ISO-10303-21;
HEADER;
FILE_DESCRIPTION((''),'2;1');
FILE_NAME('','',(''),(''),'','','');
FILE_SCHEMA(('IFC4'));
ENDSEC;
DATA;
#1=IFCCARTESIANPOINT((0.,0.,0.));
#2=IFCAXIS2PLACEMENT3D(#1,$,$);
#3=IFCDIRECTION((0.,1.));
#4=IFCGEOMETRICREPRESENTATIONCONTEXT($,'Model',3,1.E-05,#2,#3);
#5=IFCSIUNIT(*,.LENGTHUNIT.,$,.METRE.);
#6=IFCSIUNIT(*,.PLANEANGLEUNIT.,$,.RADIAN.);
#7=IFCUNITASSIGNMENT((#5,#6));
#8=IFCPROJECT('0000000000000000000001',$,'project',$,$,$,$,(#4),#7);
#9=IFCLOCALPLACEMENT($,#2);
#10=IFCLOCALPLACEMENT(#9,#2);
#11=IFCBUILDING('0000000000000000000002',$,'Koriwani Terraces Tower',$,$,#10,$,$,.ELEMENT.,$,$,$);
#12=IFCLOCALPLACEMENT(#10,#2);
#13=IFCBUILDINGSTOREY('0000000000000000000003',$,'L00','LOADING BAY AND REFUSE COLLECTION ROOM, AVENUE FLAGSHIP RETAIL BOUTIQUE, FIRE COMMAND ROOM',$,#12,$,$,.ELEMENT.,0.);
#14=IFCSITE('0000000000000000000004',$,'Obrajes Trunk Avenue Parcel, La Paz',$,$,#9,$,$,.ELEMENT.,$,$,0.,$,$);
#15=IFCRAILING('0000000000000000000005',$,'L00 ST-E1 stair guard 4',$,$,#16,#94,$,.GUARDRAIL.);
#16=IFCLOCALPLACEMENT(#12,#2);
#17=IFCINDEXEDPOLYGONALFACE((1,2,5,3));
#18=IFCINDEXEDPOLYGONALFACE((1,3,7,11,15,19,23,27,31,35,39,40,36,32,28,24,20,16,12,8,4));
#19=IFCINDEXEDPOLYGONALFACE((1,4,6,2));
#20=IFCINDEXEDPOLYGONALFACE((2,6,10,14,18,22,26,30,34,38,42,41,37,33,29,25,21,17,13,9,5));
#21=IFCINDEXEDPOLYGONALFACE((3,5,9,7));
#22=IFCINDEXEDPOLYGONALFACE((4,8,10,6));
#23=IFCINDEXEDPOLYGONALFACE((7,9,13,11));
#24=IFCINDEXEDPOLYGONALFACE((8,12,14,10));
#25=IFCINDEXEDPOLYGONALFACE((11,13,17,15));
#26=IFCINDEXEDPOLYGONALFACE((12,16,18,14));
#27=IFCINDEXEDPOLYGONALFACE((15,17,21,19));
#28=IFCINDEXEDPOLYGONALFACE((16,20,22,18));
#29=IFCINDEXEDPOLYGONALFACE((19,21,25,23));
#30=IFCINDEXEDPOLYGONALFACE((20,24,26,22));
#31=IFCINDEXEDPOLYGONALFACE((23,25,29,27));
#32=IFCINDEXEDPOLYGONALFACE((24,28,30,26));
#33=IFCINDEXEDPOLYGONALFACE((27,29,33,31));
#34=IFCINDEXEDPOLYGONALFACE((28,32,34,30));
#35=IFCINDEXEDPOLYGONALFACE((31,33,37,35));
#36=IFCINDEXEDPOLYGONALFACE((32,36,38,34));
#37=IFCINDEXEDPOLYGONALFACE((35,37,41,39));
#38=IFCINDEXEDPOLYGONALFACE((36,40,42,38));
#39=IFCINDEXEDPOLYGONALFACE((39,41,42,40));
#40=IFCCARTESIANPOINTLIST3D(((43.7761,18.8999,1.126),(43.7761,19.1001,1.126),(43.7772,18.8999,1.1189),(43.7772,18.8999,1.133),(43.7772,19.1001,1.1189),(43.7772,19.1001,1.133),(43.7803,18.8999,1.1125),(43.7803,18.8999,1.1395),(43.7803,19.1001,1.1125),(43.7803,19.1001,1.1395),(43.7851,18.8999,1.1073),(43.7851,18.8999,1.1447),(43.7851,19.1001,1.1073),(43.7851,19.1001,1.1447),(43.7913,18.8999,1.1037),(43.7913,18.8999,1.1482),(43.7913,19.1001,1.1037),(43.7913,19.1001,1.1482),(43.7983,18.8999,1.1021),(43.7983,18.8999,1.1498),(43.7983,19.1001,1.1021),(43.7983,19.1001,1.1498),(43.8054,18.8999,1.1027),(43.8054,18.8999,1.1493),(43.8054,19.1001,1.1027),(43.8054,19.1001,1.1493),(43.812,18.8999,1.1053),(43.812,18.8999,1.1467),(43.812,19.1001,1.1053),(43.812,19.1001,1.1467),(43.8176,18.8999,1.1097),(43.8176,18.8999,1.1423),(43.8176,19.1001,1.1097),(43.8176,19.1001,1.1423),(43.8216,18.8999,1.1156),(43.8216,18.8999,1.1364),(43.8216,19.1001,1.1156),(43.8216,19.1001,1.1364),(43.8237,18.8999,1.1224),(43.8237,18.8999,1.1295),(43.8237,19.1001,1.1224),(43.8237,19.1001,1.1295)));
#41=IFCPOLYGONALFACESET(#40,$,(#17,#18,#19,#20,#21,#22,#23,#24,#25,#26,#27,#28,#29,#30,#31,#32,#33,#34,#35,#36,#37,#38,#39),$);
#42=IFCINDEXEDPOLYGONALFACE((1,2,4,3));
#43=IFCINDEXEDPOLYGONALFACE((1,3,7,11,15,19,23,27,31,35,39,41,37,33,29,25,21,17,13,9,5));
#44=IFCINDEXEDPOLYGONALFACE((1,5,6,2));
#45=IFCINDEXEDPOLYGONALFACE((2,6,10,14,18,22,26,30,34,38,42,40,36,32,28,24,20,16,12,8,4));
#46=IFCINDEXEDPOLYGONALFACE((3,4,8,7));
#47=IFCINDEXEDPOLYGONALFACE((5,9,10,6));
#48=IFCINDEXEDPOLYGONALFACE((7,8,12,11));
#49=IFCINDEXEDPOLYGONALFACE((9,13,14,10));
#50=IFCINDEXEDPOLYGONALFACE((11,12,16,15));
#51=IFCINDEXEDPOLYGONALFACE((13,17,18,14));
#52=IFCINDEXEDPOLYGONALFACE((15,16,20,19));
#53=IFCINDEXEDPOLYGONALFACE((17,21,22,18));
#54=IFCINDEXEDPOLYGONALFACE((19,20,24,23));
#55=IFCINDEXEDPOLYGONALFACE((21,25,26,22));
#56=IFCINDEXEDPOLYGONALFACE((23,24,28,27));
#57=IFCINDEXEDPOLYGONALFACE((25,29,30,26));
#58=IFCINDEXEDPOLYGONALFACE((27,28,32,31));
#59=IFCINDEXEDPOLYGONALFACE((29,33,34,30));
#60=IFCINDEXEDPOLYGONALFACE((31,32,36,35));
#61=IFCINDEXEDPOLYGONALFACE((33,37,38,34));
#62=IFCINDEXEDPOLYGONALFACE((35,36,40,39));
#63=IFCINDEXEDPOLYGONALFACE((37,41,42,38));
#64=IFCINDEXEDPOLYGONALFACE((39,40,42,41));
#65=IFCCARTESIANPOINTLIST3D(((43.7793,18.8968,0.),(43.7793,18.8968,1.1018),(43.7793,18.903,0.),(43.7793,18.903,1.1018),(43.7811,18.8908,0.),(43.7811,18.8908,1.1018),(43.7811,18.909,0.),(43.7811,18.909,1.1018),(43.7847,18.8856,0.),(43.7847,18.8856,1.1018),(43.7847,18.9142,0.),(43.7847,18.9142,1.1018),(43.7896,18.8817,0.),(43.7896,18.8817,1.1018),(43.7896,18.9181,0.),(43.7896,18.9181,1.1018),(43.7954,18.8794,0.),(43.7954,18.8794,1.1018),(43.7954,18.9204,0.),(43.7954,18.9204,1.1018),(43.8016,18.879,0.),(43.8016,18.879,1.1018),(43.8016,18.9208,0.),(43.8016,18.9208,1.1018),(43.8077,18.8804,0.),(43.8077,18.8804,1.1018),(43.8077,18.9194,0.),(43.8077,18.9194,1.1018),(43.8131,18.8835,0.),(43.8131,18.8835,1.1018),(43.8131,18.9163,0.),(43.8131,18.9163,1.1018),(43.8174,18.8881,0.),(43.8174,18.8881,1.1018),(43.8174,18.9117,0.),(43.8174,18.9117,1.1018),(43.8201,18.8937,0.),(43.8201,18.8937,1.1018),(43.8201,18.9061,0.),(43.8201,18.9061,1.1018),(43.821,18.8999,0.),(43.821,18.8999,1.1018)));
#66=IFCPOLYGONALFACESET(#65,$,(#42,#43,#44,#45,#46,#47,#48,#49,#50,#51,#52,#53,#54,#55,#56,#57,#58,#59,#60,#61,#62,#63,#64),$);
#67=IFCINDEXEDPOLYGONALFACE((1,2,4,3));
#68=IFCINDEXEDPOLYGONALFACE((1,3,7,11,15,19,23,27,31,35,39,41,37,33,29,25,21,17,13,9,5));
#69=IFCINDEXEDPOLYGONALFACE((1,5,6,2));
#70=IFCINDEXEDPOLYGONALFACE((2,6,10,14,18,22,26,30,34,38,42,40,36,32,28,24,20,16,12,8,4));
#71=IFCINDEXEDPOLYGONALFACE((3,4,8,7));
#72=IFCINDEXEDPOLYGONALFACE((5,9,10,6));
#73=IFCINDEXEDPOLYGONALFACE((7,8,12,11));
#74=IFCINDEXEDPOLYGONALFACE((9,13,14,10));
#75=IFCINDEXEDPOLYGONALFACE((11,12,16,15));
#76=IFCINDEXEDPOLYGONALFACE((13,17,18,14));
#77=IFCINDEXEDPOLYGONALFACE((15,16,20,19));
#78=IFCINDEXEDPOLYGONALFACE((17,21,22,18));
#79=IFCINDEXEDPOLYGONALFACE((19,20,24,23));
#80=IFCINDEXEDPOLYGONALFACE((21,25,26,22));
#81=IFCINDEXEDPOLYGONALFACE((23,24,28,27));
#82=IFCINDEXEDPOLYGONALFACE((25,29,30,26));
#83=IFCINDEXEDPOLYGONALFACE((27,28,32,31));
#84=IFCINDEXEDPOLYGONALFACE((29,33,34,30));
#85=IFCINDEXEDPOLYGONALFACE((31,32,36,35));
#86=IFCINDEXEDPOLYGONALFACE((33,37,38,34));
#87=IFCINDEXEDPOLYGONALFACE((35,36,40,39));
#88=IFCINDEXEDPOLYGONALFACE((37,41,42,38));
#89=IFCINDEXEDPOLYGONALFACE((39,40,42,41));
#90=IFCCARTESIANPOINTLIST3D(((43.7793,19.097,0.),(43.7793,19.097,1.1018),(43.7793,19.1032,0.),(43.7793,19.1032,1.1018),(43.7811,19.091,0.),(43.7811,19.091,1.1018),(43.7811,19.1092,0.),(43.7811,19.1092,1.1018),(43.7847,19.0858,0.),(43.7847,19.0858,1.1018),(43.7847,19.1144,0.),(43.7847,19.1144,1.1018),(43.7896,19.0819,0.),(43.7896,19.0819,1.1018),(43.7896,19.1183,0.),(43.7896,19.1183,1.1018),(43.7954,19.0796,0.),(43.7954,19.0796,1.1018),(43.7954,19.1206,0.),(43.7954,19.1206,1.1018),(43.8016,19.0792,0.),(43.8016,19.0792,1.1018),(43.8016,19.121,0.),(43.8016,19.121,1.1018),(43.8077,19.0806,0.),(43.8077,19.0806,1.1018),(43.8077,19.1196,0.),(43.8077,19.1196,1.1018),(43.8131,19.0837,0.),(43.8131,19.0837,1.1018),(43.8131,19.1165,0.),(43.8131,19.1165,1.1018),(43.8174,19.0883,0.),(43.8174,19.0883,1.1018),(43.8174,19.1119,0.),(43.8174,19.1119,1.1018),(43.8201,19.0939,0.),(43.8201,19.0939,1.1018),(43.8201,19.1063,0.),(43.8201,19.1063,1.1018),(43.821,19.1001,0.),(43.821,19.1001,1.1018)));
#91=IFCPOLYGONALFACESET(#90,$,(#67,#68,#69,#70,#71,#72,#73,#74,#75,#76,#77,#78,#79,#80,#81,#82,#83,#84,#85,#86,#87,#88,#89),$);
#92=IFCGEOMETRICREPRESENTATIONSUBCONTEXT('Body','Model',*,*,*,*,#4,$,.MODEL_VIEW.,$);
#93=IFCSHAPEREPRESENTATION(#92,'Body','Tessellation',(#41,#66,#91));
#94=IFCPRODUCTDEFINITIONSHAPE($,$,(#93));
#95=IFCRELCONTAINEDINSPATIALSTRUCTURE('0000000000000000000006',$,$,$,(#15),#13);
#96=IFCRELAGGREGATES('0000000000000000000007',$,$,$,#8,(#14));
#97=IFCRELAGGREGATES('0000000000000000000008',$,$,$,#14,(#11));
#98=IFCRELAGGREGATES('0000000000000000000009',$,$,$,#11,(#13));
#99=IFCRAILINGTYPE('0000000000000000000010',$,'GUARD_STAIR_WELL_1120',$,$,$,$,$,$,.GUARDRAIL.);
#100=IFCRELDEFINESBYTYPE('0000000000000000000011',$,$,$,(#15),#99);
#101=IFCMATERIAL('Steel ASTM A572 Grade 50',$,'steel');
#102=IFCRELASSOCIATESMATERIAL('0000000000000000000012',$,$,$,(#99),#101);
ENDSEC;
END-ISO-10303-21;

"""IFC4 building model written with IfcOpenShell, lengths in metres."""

from ifc_helpers import new_model, si_unit, direction, frame, origin, origin_2d, place, context, subcontext, project, spatial, circle, extrude, material, type_object, element, save


model = new_model("IFC4")

# Units and contexts
model_context = context("Model", 3, precision=1e-05, world=origin(), true_north=direction((0.0, 1.0)))
body_context = subcontext(model_context, "Body", "Model", "MODEL_VIEW")
ifc_project = project(units=[si_unit("LENGTHUNIT", "METRE"), si_unit("PLANEANGLEUNIT", "RADIAN")], contexts=[model_context])

# Site, building, storey
site_placement = place(None, origin())
site = spatial("IfcSite", under=ifc_project, at=site_placement, Name="Obrajes Trunk Avenue Parcel, La Paz", CompositionType="ELEMENT", RefElevation=0.0)
building_placement = place(site_placement, origin())
building = spatial("IfcBuilding", under=site, at=building_placement, Name="Koriwani Terraces Tower", CompositionType="ELEMENT")
storey_placement = place(building_placement, origin())
storey = spatial("IfcBuildingStorey", under=building, at=storey_placement, Name="L00", Description="LOADING BAY AND REFUSE COLLECTION ROOM, AVENUE FLAGSHIP RETAIL BOUTIQUE, FIRE COMMAND ROOM", CompositionType="ELEMENT", Elevation=0.0)

# Shared definitions
ifc_material_1 = material(Name="Steel ASTM A572 Grade 50", Category="steel")

# Railing
railing_type_1 = type_object("IfcRailingType", Name="GUARD_STAIR_WELL_1120", PredefinedType="GUARDRAIL", material=ifc_material_1)
railing_1_placement = place(storey_placement, frame((43.8, 18.8999, 0.0)))
element("IfcRailing", 1, at=railing_1_placement, inside=storey, type_object=railing_type_1, Name="L00 ST-E1 stair guard 4", PredefinedType="GUARDRAIL", context=body_context, shape_type="SweptSolid", body=[
    extrude(circle(Radius=0.0239, at=origin_2d()), frame((0.0, 0.0, 1.126), z_axis=(0.0, 1.0, 0.0), x_axis=(-1.0, 0.0, 0.0)), (0.0, 0.0, 1.0), 0.2002),
    extrude(circle(Radius=0.021, at=origin_2d()), origin(), (0.0, 0.0, 1.0), 1.1018),
    extrude(circle(Radius=0.021, at=origin_2d()), frame((0.0, 0.2002, 0.0)), (0.0, 0.0, 1.0), 1.1018),
])

save(model, "model.ifc")
